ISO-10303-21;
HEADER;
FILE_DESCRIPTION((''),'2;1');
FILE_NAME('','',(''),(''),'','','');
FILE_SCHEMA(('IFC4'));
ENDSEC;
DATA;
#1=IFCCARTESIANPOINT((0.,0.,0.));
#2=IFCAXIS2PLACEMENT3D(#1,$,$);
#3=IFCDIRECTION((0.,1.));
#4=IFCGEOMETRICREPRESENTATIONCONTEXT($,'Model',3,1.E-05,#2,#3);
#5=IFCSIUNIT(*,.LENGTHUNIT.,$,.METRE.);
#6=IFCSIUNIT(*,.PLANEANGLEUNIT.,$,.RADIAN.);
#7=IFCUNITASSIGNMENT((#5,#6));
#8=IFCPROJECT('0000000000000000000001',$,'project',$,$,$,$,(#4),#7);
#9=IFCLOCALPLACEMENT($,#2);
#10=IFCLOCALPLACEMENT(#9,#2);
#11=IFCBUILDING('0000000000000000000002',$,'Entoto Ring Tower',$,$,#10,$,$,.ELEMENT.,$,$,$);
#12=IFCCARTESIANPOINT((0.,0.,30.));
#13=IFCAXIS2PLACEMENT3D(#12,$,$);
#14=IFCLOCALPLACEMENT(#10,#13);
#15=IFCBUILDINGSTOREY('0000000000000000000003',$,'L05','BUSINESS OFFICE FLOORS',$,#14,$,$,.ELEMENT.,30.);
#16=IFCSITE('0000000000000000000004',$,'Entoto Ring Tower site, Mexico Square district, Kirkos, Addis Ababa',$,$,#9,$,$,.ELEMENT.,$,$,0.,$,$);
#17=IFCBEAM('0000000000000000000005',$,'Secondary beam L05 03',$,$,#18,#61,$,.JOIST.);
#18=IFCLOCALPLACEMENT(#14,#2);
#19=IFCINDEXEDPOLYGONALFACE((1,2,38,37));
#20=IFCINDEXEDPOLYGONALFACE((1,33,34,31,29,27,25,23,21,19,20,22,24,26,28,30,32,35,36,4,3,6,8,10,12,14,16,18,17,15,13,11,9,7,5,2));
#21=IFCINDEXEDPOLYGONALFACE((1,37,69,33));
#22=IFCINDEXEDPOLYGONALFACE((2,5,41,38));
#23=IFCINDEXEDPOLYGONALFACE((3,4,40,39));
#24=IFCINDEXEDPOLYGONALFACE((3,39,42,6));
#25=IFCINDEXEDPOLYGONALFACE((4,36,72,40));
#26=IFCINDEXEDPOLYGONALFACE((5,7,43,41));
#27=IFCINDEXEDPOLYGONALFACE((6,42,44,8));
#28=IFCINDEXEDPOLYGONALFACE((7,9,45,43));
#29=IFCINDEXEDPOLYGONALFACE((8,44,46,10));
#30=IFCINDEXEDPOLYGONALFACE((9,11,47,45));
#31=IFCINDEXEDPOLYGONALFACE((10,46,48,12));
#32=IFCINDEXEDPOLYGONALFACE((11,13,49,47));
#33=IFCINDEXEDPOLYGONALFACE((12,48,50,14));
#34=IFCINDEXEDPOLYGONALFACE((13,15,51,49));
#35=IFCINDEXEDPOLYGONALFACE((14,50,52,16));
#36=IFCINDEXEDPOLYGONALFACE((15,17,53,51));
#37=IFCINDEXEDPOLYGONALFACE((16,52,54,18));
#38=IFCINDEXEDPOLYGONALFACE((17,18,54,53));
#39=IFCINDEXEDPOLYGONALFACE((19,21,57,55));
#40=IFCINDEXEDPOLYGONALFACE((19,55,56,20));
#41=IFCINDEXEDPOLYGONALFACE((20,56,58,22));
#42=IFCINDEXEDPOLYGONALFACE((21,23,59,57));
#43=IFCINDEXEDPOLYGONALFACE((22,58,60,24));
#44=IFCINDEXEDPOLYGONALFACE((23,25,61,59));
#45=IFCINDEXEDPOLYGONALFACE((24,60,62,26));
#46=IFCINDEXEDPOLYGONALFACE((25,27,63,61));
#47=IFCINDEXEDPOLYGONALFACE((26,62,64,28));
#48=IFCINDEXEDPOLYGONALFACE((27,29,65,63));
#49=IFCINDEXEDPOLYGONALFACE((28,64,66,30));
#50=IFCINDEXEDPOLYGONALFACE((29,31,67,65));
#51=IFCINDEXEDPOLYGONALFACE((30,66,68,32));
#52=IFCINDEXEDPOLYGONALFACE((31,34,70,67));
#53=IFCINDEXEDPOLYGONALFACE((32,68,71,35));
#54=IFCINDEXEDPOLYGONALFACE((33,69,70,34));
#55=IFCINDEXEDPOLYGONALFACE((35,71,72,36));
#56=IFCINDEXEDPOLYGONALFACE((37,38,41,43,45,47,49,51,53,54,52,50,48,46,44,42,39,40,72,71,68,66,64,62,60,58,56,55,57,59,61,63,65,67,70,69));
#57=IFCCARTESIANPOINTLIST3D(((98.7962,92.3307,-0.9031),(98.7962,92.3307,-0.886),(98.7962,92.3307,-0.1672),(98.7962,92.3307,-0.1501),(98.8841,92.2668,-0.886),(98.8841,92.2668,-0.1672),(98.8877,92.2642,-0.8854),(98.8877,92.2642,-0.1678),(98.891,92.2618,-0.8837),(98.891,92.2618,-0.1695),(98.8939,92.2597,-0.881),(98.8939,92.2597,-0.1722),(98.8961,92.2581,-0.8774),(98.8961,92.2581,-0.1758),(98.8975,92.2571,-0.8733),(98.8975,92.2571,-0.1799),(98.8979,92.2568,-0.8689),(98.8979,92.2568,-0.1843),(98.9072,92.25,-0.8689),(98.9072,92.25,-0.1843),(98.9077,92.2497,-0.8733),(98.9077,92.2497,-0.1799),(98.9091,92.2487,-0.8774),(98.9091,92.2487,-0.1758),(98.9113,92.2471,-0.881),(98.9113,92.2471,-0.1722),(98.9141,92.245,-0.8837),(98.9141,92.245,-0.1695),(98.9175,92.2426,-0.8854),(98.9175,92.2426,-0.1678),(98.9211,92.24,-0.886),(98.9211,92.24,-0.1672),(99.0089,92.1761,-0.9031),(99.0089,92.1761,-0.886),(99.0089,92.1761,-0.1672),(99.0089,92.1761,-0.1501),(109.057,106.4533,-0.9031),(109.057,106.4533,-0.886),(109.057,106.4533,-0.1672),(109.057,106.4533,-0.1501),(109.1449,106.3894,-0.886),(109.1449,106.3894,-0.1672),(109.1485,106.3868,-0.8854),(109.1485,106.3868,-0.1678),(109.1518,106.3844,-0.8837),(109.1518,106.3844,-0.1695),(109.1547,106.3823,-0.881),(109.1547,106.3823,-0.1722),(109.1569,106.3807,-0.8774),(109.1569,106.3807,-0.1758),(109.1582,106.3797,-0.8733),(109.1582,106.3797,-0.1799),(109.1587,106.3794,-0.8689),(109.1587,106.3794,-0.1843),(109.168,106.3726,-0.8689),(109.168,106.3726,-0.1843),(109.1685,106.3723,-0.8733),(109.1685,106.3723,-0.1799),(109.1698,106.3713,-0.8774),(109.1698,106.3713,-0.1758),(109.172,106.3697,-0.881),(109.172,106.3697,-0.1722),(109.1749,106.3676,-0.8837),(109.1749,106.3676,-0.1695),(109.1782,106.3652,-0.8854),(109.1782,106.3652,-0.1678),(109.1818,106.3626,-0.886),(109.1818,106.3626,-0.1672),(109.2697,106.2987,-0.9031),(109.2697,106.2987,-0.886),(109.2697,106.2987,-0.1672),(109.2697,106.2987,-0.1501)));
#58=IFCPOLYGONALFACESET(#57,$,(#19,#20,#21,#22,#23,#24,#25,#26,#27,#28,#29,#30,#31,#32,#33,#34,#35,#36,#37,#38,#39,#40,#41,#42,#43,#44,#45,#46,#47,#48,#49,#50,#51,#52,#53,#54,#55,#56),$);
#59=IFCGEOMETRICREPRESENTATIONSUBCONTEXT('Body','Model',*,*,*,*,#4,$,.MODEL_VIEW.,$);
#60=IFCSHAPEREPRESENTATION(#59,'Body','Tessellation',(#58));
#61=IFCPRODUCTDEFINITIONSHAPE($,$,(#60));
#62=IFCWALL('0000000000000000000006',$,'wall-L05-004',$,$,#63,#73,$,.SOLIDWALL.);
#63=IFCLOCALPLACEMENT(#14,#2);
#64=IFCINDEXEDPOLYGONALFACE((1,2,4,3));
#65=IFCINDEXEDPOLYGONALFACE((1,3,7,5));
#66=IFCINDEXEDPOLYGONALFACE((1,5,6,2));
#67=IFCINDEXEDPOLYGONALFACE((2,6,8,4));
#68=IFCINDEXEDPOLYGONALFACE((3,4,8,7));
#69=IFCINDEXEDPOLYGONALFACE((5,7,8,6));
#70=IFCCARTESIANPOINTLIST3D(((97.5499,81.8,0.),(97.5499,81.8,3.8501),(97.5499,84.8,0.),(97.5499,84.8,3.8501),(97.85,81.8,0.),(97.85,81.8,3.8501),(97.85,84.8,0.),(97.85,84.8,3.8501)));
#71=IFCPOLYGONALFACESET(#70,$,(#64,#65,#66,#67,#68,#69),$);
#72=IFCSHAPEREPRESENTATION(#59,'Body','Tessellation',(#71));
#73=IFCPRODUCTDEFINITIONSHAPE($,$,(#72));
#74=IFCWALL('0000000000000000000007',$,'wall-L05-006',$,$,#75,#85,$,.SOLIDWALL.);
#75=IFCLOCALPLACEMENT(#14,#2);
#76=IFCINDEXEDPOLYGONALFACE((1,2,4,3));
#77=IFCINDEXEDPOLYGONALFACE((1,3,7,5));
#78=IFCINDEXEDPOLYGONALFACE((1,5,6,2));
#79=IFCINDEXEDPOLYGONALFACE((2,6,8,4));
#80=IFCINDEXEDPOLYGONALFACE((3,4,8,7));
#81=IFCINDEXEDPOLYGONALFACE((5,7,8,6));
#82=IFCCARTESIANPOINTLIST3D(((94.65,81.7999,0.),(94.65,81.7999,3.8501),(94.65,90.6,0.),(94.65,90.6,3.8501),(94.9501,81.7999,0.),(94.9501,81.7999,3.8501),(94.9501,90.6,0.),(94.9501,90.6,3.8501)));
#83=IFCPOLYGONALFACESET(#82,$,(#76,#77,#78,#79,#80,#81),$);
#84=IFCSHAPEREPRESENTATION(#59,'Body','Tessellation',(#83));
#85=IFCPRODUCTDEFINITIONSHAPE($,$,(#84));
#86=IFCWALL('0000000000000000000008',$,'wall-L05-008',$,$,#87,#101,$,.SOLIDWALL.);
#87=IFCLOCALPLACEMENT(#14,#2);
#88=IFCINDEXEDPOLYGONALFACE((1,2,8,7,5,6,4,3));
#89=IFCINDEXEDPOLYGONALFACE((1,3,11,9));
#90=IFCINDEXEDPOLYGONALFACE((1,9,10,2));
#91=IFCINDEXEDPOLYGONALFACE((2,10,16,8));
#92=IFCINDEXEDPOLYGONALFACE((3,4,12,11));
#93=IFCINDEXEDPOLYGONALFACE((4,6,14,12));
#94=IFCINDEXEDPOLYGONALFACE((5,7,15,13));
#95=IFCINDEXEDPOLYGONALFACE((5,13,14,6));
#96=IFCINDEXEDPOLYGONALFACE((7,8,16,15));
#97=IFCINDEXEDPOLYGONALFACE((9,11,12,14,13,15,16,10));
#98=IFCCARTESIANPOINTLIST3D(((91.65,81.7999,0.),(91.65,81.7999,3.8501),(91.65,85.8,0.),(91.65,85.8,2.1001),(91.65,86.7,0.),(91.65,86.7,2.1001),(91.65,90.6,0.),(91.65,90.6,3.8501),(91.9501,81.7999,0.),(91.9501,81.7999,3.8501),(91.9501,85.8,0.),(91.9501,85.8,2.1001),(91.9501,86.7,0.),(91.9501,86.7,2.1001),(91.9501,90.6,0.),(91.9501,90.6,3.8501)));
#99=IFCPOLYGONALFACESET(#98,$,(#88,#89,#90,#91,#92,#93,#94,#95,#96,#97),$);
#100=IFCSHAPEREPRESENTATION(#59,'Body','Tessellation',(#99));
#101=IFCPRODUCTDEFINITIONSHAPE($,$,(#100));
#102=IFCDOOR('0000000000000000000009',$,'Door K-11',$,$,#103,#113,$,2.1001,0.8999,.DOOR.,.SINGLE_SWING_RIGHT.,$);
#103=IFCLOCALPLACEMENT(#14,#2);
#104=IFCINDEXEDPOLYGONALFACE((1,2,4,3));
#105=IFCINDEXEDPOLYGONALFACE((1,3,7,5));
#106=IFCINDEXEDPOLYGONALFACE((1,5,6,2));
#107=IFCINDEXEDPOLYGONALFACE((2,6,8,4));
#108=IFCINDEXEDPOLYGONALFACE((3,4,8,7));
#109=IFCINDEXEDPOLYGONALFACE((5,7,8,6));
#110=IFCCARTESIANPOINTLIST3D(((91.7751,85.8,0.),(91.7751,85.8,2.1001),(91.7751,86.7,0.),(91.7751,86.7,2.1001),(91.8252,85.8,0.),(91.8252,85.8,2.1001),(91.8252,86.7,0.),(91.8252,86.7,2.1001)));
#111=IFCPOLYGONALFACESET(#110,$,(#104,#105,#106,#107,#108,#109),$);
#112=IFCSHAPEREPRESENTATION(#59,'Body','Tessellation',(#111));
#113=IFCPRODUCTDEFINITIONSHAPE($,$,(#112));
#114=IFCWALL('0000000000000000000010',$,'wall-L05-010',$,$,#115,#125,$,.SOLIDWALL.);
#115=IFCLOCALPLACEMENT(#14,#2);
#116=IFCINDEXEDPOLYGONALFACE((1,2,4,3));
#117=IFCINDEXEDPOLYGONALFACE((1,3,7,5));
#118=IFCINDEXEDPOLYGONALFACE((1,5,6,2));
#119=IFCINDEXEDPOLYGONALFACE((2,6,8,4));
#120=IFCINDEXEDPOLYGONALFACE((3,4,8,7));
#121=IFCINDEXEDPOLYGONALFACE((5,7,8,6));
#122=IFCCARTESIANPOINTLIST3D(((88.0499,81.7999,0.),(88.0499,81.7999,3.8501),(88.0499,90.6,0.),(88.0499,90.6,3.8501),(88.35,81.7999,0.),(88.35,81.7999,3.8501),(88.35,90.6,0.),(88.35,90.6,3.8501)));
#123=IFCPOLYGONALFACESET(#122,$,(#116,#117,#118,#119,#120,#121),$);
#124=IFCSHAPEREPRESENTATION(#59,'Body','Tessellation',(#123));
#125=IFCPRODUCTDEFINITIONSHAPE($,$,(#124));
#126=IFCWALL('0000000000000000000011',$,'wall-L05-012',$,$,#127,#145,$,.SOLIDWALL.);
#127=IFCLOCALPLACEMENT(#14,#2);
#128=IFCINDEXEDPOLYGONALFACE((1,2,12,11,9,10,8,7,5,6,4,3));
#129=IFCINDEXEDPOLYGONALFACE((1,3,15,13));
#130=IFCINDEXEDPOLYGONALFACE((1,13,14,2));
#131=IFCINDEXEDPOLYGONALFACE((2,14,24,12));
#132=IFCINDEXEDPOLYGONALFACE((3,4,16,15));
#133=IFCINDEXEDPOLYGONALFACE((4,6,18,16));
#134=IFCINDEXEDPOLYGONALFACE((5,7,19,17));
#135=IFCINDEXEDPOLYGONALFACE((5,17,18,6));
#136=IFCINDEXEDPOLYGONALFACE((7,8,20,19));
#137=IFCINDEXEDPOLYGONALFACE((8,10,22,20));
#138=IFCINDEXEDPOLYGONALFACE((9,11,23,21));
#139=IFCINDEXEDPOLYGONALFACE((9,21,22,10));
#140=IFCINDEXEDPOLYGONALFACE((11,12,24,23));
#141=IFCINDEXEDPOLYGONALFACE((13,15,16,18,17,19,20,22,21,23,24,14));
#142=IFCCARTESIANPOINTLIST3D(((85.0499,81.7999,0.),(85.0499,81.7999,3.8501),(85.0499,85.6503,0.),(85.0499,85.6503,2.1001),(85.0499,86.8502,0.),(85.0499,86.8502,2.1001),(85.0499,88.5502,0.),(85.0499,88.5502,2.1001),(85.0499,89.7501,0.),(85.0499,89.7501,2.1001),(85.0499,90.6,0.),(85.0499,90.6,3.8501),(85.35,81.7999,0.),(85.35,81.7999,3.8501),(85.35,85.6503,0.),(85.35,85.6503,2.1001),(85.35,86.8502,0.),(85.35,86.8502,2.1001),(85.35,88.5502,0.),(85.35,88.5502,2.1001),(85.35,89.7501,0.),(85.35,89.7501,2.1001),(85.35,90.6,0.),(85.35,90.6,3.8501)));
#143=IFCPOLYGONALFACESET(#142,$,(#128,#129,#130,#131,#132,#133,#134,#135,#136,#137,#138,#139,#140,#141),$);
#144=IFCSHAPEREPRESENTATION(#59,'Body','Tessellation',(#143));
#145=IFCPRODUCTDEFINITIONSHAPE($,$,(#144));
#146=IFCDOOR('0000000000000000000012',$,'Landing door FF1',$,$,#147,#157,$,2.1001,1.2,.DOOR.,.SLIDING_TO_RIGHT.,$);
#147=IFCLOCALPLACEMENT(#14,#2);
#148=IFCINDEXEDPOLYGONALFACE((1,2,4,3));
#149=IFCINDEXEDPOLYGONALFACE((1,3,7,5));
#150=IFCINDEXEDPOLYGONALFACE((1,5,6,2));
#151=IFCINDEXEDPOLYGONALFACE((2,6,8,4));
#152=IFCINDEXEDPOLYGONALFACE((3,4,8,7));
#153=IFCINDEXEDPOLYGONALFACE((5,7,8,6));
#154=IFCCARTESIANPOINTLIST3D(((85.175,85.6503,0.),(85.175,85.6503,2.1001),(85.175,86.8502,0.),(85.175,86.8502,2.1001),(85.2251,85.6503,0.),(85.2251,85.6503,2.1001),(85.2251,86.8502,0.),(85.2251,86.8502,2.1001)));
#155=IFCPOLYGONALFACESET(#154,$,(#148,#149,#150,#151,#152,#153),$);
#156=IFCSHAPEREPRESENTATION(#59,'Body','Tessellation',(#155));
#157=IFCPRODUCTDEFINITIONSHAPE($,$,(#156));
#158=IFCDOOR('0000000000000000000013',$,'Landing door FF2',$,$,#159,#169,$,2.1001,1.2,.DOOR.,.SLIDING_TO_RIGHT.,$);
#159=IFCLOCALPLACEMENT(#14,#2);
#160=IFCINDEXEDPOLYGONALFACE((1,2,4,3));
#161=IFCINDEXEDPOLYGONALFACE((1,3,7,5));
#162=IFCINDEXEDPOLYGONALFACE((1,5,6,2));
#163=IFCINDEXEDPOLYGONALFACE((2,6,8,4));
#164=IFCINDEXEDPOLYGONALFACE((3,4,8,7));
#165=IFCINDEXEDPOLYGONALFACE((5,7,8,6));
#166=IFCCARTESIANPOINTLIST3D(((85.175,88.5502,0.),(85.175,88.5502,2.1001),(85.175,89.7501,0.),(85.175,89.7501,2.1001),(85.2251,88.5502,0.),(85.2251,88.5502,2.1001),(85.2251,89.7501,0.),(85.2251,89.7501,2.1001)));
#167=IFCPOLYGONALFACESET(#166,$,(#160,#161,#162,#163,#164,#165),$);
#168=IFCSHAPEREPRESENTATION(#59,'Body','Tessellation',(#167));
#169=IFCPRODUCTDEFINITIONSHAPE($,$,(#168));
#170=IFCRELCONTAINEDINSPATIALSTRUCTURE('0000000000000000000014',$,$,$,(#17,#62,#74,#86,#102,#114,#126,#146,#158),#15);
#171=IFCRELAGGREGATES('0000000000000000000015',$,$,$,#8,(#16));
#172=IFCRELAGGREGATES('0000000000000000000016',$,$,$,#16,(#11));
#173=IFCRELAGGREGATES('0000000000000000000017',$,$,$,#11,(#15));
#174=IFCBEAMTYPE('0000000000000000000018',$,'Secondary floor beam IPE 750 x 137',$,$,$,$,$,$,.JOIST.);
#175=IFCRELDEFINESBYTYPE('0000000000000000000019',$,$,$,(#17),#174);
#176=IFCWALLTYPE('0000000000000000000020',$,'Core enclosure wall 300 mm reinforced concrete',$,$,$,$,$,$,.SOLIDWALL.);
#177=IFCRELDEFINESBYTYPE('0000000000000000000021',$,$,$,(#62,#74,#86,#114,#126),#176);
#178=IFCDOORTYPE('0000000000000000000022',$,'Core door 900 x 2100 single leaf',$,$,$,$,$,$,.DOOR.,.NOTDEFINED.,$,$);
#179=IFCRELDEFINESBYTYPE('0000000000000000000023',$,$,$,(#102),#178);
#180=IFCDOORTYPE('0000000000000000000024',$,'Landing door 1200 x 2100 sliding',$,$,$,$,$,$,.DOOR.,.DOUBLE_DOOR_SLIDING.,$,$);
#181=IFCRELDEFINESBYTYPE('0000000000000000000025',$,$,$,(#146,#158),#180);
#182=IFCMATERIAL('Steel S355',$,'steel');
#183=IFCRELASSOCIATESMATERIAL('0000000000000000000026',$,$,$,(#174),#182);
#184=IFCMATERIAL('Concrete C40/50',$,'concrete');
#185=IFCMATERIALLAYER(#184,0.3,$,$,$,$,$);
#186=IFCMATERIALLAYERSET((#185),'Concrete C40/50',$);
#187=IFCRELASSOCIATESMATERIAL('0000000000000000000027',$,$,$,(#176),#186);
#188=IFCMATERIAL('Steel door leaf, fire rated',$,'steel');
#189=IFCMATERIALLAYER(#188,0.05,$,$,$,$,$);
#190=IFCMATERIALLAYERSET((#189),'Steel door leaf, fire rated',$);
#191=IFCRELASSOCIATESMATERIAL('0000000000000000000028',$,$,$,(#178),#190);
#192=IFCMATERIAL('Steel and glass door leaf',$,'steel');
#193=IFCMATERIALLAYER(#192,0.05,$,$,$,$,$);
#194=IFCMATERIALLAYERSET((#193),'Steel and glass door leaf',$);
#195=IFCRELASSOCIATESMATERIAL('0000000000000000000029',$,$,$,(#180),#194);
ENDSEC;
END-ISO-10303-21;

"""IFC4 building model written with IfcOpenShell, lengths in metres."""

from ifc_helpers import new_model, si_unit, direction, frame, frame_2d, origin, origin_2d, place, context, subcontext, project, spatial, rectangle, i_section, extrude, material, layer, layer_set, material_profile, profile_set, type_object, element, fill, save


model = new_model("IFC4")

# Units and contexts
model_context = context("Model", 3, precision=1e-05, world=origin(), true_north=direction((0.0, 1.0)))
body_context = subcontext(model_context, "Body", "Model", "MODEL_VIEW")
ifc_project = project(units=[si_unit("LENGTHUNIT", "METRE"), si_unit("PLANEANGLEUNIT", "RADIAN")], contexts=[model_context])

# Site, building, storey
site_placement = place(None, origin())
site = spatial("IfcSite", under=ifc_project, at=site_placement, Name="Entoto Ring Tower site, Mexico Square district, Kirkos, Addis Ababa", CompositionType="ELEMENT", RefElevation=0.0)
building_placement = place(site_placement, origin())
building = spatial("IfcBuilding", under=site, at=building_placement, Name="Entoto Ring Tower", CompositionType="ELEMENT")
storey_placement = place(building_placement, frame((0.0, 0.0, 30.0)))
storey = spatial("IfcBuildingStorey", under=building, at=storey_placement, Name="L05", Description="BUSINESS OFFICE FLOORS", CompositionType="ELEMENT", Elevation=30.0)

# Beam
ifc_material_1 = material(Name="Steel S355", Category="steel")
ifc_material_profile = material_profile(ifc_material_1, i_section(OverallWidth=0.2629, OverallDepth=0.7529, WebThickness=0.0115, FlangeThickness=0.0171, FilletRadius=0.0171, at=origin_2d()), Name="IPE 750 x 137")
ifc_profile_set = profile_set([ifc_material_profile], Name="Steel S355")
beam_type = type_object("IfcBeamType", Name="Secondary floor beam IPE 750 x 137", PredefinedType="JOIST", material=ifc_profile_set)
beam_placement = place(storey_placement, frame((98.9026, 92.2534, -0.5266), z_axis=(0.587789, 0.809014, 0.0), x_axis=(-0.809014, 0.587789, 0.0)))
element("IfcBeam", 1, at=beam_placement, inside=storey, type_object=beam_type, Name="Secondary beam L05 03", PredefinedType="JOIST", context=body_context, shape_type="SweptSolid", body=[
    extrude(i_section(OverallWidth=0.2629, OverallDepth=0.7529, WebThickness=0.0115, FlangeThickness=0.0171, FilletRadius=0.0171, at=origin_2d()), origin(), (0.0, 0.0, 1.0), 17.4565),
])

# Walls
ifc_material_2 = material(Name="Concrete C40/50", Category="concrete")
ifc_layer_1 = layer(ifc_material_2, 0.3)
ifc_layer_set_1 = layer_set([ifc_layer_1], Name="Concrete C40/50")
wall_type = type_object("IfcWallType", Name="Core enclosure wall 300 mm reinforced concrete", PredefinedType="SOLIDWALL", material=ifc_layer_set_1)
wall_1_placement = place(storey_placement, frame((97.7, 81.8, 0.0), z_axis=(0.0, 0.0, 1.0), x_axis=(0.0, 1.0, 0.0)))
element("IfcWall", 2, at=wall_1_placement, inside=storey, type_object=wall_type, Name="wall-L05-004", PredefinedType="SOLIDWALL", context=body_context, shape_type="SweptSolid", body=[
    extrude(rectangle(XDim=3.0, YDim=0.3, at=frame_2d((1.5, 0.0))), origin(), (0.0, 0.0, 1.0), 3.8501),
])
wall_2_placement = place(storey_placement, frame((94.8, 81.8, 0.0), z_axis=(0.0, 0.0, 1.0), x_axis=(0.0, 1.0, 0.0)))
element("IfcWall", 3, at=wall_2_placement, inside=storey, type_object=wall_type, Name="wall-L05-006", PredefinedType="SOLIDWALL", context=body_context, shape_type="SweptSolid", body=[
    extrude(rectangle(XDim=8.8, YDim=0.3, at=frame_2d((4.3999, 0.0))), origin(), (0.0, 0.0, 1.0), 3.8501),
])

# Wall, opening, door
wall_3_placement = place(storey_placement, frame((91.8, 81.8, 0.0), z_axis=(0.0, 0.0, 1.0), x_axis=(0.0, 1.0, 0.0)))
wall_3 = element("IfcWall", 4, at=wall_3_placement, inside=storey, type_object=wall_type, Name="wall-L05-008", PredefinedType="SOLIDWALL", context=body_context, shape_type="SweptSolid", body=[
    extrude(rectangle(XDim=8.8, YDim=0.3, at=frame_2d((4.3999, 0.0))), origin(), (0.0, 0.0, 1.0), 3.8501),
])
opening_1_placement = place(wall_3_placement, frame((4.0, 0.0, 0.0)))
opening_1 = element("IfcOpeningElement", 5, at=opening_1_placement, cuts=wall_3, PredefinedType="OPENING", context=body_context, shape_type="SweptSolid", body=[
    extrude(rectangle(XDim=0.8999, YDim=2.1001, at=frame_2d((0.45, 1.05))), frame((0.0, 0.1602, 0.0), z_axis=(0.0, -1.0, 0.0), x_axis=(1.0, 0.0, 0.0)), (0.0, 0.0, 1.0), 0.3201),
])
ifc_material_3 = material(Name="Steel door leaf, fire rated", Category="steel")
ifc_layer_2 = layer(ifc_material_3, 0.05)
ifc_layer_set_2 = layer_set([ifc_layer_2], Name="Steel door leaf, fire rated")
door_type_1 = type_object("IfcDoorType", Name="Core door 900 x 2100 single leaf", OperationType="NOTDEFINED", PredefinedType="DOOR", material=ifc_layer_set_2)
door_1_placement = place(opening_1_placement, origin())
door_1 = element("IfcDoor", 6, at=door_1_placement, inside=storey, type_object=door_type_1, Name="Door K-11", OperationType="SINGLE_SWING_RIGHT", OverallHeight=2.1001, OverallWidth=0.8999, PredefinedType="DOOR", context=body_context, shape_type="SweptSolid", body=[
    extrude(rectangle(XDim=0.8999, YDim=2.1001, at=frame_2d((0.45, 1.05))), frame((0.0, 0.0249, 0.0), z_axis=(0.0, -1.0, 0.0), x_axis=(1.0, 0.0, 0.0)), (0.0, 0.0, 1.0), 0.05),
])
fill(opening_1, door_1)

# Wall
wall_4_placement = place(storey_placement, frame((88.2, 81.8, 0.0), z_axis=(0.0, 0.0, 1.0), x_axis=(0.0, 1.0, 0.0)))
element("IfcWall", 7, at=wall_4_placement, inside=storey, type_object=wall_type, Name="wall-L05-010", PredefinedType="SOLIDWALL", context=body_context, shape_type="SweptSolid", body=[
    extrude(rectangle(XDim=8.8, YDim=0.3, at=frame_2d((4.3999, 0.0))), origin(), (0.0, 0.0, 1.0), 3.8501),
])

# Wall, openings, doors
wall_5_placement = place(storey_placement, frame((85.2, 81.8, 0.0), z_axis=(0.0, 0.0, 1.0), x_axis=(0.0, 1.0, 0.0)))
wall_5 = element("IfcWall", 8, at=wall_5_placement, inside=storey, type_object=wall_type, Name="wall-L05-012", PredefinedType="SOLIDWALL", context=body_context, shape_type="SweptSolid", body=[
    extrude(rectangle(XDim=8.8, YDim=0.3, at=frame_2d((4.3999, 0.0))), origin(), (0.0, 0.0, 1.0), 3.8501),
])
opening_2_placement = place(wall_5_placement, frame((3.8501, 0.0, 0.0)))
opening_2 = element("IfcOpeningElement", 9, at=opening_2_placement, cuts=wall_5, PredefinedType="OPENING", context=body_context, shape_type="SweptSolid", body=[
    extrude(rectangle(XDim=1.2, YDim=2.1001, at=frame_2d((0.6001, 1.05))), frame((0.0, 0.1602, 0.0), z_axis=(0.0, -1.0, 0.0), x_axis=(1.0, 0.0, 0.0)), (0.0, 0.0, 1.0), 0.3201),
])
opening_3_placement = place(wall_5_placement, frame((6.75, 0.0, 0.0)))
opening_3 = element("IfcOpeningElement", 10, at=opening_3_placement, cuts=wall_5, PredefinedType="OPENING", context=body_context, shape_type="SweptSolid", body=[
    extrude(rectangle(XDim=1.2, YDim=2.1001, at=frame_2d((0.6001, 1.05))), frame((0.0, 0.1602, 0.0), z_axis=(0.0, -1.0, 0.0), x_axis=(1.0, 0.0, 0.0)), (0.0, 0.0, 1.0), 0.3201),
])
ifc_material_4 = material(Name="Steel and glass door leaf", Category="steel")
ifc_layer_3 = layer(ifc_material_4, 0.05)
ifc_layer_set_3 = layer_set([ifc_layer_3], Name="Steel and glass door leaf")
door_type_2 = type_object("IfcDoorType", Name="Landing door 1200 x 2100 sliding", OperationType="DOUBLE_DOOR_SLIDING", PredefinedType="DOOR", material=ifc_layer_set_3)
door_2_placement = place(opening_2_placement, origin())
door_2 = element("IfcDoor", 11, at=door_2_placement, inside=storey, type_object=door_type_2, Name="Landing door FF1", OperationType="SLIDING_TO_RIGHT", OverallHeight=2.1001, OverallWidth=1.2, PredefinedType="DOOR", context=body_context, shape_type="SweptSolid", body=[
    extrude(rectangle(XDim=1.2, YDim=2.1001, at=frame_2d((0.6001, 1.05))), frame((0.0, 0.0249, 0.0), z_axis=(0.0, -1.0, 0.0), x_axis=(1.0, 0.0, 0.0)), (0.0, 0.0, 1.0), 0.05),
])
fill(opening_2, door_2)
door_3_placement = place(opening_3_placement, origin())
door_3 = element("IfcDoor", 12, at=door_3_placement, inside=storey, type_object=door_type_2, Name="Landing door FF2", OperationType="SLIDING_TO_RIGHT", OverallHeight=2.1001, OverallWidth=1.2, PredefinedType="DOOR", context=body_context, shape_type="SweptSolid", body=[
    extrude(rectangle(XDim=1.2, YDim=2.1001, at=frame_2d((0.6001, 1.05))), frame((0.0, 0.0249, 0.0), z_axis=(0.0, -1.0, 0.0), x_axis=(1.0, 0.0, 0.0)), (0.0, 0.0, 1.0), 0.05),
])
fill(opening_3, door_3)

save(model, "model.ifc")
